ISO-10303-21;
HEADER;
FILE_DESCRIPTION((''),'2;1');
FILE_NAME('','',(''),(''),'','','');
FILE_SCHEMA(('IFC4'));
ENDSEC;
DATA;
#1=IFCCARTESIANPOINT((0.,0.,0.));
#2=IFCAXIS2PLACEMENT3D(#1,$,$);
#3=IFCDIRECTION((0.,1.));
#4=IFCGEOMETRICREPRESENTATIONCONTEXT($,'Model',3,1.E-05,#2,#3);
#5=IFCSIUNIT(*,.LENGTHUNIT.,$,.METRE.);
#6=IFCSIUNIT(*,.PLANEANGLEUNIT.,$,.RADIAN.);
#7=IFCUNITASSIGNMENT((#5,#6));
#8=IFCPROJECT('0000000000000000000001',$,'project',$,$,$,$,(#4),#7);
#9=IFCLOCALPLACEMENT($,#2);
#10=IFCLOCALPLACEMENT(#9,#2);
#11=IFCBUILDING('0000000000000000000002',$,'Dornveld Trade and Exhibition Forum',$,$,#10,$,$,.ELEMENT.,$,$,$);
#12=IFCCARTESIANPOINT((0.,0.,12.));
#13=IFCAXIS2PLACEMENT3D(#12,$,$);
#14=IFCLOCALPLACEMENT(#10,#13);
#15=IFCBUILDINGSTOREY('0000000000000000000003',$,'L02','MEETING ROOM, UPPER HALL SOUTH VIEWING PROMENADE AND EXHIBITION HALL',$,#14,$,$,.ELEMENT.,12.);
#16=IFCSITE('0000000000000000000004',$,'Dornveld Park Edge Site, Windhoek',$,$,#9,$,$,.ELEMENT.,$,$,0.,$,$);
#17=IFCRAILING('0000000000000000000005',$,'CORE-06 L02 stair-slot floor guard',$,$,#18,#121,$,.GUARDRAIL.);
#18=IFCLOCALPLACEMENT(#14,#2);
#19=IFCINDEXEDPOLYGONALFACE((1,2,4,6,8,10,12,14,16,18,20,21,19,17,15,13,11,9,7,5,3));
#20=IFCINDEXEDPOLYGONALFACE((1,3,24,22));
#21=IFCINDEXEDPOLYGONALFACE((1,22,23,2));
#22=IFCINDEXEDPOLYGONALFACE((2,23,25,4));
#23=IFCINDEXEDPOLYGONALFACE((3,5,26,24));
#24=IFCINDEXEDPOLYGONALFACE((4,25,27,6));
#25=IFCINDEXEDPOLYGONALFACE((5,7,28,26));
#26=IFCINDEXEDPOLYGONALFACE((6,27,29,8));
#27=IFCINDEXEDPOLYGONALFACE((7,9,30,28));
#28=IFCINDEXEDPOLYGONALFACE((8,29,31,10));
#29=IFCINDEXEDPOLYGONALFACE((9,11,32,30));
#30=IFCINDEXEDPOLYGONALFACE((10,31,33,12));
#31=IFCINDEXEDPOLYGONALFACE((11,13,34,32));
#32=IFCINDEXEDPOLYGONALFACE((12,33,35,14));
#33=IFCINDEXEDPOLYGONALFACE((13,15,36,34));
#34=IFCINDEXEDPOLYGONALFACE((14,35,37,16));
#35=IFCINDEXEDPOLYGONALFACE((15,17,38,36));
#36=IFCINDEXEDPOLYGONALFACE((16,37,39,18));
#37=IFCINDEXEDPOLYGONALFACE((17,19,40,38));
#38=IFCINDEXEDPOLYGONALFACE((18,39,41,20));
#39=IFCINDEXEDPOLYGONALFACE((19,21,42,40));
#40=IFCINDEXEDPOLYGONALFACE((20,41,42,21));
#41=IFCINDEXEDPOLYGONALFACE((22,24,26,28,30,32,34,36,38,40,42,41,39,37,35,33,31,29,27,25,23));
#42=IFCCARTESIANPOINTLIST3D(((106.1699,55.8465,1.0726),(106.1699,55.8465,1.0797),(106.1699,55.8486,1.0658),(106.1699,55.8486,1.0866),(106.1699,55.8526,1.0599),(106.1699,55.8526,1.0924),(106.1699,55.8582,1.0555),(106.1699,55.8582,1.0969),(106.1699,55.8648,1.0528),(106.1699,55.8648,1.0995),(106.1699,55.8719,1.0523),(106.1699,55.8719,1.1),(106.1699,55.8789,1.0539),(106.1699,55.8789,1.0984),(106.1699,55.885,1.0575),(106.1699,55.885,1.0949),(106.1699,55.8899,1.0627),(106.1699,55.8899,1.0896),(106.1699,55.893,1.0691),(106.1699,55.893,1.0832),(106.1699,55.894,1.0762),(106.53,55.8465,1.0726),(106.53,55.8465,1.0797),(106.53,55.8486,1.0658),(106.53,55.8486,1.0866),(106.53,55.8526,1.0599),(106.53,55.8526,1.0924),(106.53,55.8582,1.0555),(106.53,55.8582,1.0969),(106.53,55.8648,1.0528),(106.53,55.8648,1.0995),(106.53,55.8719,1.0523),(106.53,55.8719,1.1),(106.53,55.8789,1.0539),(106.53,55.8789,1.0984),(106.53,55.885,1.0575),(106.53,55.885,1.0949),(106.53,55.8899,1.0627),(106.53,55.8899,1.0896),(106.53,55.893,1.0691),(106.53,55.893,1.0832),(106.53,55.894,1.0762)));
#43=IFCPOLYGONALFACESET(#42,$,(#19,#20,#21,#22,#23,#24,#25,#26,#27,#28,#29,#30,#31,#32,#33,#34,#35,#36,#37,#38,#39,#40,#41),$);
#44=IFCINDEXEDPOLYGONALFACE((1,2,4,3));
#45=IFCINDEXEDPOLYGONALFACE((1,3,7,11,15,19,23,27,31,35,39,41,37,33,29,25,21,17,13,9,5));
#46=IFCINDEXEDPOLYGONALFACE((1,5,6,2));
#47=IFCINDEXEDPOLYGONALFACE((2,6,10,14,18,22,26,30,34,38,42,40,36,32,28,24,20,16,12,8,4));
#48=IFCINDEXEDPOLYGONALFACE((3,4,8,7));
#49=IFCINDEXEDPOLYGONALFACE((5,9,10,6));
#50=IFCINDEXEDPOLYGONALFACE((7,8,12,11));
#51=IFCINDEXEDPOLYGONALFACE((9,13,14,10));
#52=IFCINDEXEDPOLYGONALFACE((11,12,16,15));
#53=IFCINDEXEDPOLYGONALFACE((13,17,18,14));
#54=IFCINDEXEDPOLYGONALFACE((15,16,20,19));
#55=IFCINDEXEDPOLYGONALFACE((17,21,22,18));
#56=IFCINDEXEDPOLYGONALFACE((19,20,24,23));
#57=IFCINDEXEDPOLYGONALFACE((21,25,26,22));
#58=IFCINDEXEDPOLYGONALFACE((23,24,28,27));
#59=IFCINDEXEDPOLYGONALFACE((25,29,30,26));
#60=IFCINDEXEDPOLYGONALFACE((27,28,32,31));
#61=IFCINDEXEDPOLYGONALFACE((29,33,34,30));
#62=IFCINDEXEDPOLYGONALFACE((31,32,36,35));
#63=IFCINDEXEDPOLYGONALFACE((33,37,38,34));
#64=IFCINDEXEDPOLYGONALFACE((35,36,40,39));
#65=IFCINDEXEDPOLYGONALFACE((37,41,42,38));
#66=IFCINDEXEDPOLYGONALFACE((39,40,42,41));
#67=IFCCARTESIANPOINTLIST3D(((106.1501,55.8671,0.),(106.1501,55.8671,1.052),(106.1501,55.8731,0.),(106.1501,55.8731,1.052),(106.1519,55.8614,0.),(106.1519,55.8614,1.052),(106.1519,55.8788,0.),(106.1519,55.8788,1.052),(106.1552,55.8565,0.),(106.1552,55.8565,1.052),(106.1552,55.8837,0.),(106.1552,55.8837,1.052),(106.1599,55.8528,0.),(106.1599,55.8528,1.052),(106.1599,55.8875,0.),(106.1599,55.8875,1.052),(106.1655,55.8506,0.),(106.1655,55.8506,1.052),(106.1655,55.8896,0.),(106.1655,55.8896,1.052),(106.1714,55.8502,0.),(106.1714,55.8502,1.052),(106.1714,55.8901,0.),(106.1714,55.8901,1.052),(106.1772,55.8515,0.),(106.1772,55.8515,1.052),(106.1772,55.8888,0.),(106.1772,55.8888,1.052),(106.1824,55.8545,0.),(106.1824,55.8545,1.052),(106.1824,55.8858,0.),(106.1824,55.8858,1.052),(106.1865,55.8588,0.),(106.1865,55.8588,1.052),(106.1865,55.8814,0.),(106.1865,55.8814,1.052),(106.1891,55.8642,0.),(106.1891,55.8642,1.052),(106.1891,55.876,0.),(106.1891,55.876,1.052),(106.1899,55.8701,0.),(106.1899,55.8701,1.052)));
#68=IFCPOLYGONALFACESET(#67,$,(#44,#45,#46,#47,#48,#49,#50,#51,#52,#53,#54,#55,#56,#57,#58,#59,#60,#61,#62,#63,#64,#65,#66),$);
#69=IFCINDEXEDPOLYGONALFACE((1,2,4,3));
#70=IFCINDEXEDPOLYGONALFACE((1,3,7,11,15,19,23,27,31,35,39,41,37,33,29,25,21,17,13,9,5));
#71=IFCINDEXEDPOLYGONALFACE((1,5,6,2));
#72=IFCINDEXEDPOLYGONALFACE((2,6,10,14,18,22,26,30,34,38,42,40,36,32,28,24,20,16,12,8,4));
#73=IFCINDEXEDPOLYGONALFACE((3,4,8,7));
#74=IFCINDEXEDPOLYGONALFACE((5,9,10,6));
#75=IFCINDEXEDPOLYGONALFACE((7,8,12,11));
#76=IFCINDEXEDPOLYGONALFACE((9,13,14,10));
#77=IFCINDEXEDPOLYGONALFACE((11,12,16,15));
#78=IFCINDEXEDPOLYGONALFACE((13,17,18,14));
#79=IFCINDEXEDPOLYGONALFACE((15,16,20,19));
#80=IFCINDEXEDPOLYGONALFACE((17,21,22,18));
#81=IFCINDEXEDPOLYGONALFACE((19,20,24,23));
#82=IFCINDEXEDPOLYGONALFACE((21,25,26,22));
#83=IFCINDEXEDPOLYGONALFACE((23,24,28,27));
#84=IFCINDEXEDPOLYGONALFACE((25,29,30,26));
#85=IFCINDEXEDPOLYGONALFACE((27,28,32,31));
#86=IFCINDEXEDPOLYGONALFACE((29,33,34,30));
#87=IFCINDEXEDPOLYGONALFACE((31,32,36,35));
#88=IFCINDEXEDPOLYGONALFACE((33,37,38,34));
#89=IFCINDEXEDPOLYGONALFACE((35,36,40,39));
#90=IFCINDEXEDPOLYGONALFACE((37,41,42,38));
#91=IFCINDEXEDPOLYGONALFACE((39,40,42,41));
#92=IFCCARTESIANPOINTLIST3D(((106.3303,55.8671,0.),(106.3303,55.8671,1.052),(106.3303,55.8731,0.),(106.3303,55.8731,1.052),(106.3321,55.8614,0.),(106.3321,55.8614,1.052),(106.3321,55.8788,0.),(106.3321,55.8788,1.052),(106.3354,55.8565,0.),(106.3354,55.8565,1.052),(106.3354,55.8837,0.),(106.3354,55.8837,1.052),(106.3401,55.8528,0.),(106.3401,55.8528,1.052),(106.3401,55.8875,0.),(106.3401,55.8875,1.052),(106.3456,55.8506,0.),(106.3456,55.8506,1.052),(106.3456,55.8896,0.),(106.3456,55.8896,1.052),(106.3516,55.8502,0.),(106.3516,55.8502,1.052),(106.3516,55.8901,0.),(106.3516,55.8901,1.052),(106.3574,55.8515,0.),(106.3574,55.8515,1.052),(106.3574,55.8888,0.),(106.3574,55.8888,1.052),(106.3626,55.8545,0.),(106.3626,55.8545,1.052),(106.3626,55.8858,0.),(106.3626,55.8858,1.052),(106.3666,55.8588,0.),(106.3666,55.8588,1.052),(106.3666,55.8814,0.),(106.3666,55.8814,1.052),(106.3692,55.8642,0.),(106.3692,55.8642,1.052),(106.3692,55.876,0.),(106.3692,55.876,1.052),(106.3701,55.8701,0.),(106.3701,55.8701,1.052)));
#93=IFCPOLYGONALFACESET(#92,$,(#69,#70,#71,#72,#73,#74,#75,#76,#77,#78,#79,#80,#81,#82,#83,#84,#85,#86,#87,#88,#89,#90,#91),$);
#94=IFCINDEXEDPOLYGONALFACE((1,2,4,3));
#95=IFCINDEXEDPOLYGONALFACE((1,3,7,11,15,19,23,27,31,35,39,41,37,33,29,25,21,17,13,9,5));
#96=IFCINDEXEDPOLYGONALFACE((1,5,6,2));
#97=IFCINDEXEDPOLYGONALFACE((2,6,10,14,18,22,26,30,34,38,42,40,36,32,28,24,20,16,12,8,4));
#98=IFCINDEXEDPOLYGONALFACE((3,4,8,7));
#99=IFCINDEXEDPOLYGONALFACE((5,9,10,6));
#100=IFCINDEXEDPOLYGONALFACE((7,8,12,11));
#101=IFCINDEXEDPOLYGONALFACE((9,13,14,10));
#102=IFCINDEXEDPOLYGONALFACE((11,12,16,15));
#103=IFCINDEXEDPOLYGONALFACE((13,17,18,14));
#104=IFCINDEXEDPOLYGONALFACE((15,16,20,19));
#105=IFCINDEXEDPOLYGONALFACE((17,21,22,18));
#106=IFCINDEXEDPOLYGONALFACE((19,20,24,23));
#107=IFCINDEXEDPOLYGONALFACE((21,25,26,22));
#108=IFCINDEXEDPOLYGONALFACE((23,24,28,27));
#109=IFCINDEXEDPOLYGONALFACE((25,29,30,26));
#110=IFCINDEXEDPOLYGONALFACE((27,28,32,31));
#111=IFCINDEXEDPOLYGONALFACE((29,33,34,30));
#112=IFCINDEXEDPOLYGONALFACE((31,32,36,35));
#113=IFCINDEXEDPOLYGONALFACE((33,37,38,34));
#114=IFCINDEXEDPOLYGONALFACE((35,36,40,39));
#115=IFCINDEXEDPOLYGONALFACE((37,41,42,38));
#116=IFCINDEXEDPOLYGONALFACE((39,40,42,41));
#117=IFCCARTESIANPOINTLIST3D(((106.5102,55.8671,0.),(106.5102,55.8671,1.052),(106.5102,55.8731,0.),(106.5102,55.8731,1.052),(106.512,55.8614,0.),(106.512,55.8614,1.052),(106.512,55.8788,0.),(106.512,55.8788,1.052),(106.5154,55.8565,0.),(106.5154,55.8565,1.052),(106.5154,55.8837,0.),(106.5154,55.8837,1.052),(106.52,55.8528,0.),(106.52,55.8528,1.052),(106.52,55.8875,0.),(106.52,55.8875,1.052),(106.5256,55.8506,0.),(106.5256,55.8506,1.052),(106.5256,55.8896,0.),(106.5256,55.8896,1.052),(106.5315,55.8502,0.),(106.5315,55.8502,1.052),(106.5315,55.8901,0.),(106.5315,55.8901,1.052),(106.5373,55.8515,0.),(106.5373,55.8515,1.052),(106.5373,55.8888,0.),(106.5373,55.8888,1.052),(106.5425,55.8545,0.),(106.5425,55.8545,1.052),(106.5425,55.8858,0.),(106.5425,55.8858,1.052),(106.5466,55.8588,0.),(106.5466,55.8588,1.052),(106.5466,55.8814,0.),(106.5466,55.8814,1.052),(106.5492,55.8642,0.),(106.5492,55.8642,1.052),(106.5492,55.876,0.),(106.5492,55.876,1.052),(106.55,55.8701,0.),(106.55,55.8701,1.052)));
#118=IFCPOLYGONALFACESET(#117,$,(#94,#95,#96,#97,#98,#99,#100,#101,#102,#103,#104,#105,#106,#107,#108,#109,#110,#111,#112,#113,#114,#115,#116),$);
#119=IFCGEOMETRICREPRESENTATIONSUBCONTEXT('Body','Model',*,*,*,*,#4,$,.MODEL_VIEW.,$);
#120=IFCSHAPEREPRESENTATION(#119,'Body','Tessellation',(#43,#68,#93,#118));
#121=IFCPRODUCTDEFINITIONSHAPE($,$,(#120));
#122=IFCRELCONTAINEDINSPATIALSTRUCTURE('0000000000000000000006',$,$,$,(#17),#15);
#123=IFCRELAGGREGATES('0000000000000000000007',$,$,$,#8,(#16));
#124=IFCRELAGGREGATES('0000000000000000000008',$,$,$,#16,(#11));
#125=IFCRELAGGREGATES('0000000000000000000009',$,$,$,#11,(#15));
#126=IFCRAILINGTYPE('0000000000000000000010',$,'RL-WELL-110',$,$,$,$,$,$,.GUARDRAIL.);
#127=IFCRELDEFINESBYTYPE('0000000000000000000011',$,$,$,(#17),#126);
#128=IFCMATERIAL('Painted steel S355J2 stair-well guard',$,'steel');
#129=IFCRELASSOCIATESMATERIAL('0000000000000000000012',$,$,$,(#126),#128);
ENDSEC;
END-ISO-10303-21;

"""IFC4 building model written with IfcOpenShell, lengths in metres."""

from ifc_helpers import new_model, si_unit, direction, frame, origin, origin_2d, place, context, subcontext, project, spatial, circle, extrude, material, type_object, element, save


model = new_model("IFC4")

# Units and contexts
model_context = context("Model", 3, precision=1e-05, world=origin(), true_north=direction((0.0, 1.0)))
body_context = subcontext(model_context, "Body", "Model", "MODEL_VIEW")
ifc_project = project(units=[si_unit("LENGTHUNIT", "METRE"), si_unit("PLANEANGLEUNIT", "RADIAN")], contexts=[model_context])

# Site, building, storey
site_placement = place(None, origin())
site = spatial("IfcSite", under=ifc_project, at=site_placement, Name="Dornveld Park Edge Site, Windhoek", CompositionType="ELEMENT", RefElevation=0.0)
building_placement = place(site_placement, origin())
building = spatial("IfcBuilding", under=site, at=building_placement, Name="Dornveld Trade and Exhibition Forum", CompositionType="ELEMENT")
storey_placement = place(building_placement, frame((0.0, 0.0, 12.0)))
storey = spatial("IfcBuildingStorey", under=building, at=storey_placement, Name="L02", Description="MEETING ROOM, UPPER HALL SOUTH VIEWING PROMENADE AND EXHIBITION HALL", CompositionType="ELEMENT", Elevation=12.0)

# Railing
ifc_material_1 = material(Name="Painted steel S355J2 stair-well guard", Category="steel")
railing_type_1 = type_object("IfcRailingType", Name="RL-WELL-110", PredefinedType="GUARDRAIL", material=ifc_material_1)
railing_1_placement = place(storey_placement, frame((106.1699, 55.8701, 0.0)))
element("IfcRailing", 1, at=railing_1_placement, inside=storey, type_object=railing_type_1, Name="CORE-06 L02 stair-slot floor guard", PredefinedType="GUARDRAIL", context=body_context, shape_type="SweptSolid", body=[
    extrude(circle(Radius=0.0239, at=origin_2d()), frame((0.0, 0.0, 1.0762), z_axis=(1.0, 0.0, 0.0), x_axis=(0.0, 1.0, 0.0)), (0.0, 0.0, 1.0), 0.3601),
    extrude(circle(Radius=0.02, at=origin_2d()), origin(), (0.0, 0.0, 1.0), 1.052),
    extrude(circle(Radius=0.02, at=origin_2d()), frame((0.1802, 0.0, 0.0)), (0.0, 0.0, 1.0), 1.052),
    extrude(circle(Radius=0.02, at=origin_2d()), frame((0.3601, 0.0, 0.0)), (0.0, 0.0, 1.0), 1.052),
])

save(model, "model.ifc")
